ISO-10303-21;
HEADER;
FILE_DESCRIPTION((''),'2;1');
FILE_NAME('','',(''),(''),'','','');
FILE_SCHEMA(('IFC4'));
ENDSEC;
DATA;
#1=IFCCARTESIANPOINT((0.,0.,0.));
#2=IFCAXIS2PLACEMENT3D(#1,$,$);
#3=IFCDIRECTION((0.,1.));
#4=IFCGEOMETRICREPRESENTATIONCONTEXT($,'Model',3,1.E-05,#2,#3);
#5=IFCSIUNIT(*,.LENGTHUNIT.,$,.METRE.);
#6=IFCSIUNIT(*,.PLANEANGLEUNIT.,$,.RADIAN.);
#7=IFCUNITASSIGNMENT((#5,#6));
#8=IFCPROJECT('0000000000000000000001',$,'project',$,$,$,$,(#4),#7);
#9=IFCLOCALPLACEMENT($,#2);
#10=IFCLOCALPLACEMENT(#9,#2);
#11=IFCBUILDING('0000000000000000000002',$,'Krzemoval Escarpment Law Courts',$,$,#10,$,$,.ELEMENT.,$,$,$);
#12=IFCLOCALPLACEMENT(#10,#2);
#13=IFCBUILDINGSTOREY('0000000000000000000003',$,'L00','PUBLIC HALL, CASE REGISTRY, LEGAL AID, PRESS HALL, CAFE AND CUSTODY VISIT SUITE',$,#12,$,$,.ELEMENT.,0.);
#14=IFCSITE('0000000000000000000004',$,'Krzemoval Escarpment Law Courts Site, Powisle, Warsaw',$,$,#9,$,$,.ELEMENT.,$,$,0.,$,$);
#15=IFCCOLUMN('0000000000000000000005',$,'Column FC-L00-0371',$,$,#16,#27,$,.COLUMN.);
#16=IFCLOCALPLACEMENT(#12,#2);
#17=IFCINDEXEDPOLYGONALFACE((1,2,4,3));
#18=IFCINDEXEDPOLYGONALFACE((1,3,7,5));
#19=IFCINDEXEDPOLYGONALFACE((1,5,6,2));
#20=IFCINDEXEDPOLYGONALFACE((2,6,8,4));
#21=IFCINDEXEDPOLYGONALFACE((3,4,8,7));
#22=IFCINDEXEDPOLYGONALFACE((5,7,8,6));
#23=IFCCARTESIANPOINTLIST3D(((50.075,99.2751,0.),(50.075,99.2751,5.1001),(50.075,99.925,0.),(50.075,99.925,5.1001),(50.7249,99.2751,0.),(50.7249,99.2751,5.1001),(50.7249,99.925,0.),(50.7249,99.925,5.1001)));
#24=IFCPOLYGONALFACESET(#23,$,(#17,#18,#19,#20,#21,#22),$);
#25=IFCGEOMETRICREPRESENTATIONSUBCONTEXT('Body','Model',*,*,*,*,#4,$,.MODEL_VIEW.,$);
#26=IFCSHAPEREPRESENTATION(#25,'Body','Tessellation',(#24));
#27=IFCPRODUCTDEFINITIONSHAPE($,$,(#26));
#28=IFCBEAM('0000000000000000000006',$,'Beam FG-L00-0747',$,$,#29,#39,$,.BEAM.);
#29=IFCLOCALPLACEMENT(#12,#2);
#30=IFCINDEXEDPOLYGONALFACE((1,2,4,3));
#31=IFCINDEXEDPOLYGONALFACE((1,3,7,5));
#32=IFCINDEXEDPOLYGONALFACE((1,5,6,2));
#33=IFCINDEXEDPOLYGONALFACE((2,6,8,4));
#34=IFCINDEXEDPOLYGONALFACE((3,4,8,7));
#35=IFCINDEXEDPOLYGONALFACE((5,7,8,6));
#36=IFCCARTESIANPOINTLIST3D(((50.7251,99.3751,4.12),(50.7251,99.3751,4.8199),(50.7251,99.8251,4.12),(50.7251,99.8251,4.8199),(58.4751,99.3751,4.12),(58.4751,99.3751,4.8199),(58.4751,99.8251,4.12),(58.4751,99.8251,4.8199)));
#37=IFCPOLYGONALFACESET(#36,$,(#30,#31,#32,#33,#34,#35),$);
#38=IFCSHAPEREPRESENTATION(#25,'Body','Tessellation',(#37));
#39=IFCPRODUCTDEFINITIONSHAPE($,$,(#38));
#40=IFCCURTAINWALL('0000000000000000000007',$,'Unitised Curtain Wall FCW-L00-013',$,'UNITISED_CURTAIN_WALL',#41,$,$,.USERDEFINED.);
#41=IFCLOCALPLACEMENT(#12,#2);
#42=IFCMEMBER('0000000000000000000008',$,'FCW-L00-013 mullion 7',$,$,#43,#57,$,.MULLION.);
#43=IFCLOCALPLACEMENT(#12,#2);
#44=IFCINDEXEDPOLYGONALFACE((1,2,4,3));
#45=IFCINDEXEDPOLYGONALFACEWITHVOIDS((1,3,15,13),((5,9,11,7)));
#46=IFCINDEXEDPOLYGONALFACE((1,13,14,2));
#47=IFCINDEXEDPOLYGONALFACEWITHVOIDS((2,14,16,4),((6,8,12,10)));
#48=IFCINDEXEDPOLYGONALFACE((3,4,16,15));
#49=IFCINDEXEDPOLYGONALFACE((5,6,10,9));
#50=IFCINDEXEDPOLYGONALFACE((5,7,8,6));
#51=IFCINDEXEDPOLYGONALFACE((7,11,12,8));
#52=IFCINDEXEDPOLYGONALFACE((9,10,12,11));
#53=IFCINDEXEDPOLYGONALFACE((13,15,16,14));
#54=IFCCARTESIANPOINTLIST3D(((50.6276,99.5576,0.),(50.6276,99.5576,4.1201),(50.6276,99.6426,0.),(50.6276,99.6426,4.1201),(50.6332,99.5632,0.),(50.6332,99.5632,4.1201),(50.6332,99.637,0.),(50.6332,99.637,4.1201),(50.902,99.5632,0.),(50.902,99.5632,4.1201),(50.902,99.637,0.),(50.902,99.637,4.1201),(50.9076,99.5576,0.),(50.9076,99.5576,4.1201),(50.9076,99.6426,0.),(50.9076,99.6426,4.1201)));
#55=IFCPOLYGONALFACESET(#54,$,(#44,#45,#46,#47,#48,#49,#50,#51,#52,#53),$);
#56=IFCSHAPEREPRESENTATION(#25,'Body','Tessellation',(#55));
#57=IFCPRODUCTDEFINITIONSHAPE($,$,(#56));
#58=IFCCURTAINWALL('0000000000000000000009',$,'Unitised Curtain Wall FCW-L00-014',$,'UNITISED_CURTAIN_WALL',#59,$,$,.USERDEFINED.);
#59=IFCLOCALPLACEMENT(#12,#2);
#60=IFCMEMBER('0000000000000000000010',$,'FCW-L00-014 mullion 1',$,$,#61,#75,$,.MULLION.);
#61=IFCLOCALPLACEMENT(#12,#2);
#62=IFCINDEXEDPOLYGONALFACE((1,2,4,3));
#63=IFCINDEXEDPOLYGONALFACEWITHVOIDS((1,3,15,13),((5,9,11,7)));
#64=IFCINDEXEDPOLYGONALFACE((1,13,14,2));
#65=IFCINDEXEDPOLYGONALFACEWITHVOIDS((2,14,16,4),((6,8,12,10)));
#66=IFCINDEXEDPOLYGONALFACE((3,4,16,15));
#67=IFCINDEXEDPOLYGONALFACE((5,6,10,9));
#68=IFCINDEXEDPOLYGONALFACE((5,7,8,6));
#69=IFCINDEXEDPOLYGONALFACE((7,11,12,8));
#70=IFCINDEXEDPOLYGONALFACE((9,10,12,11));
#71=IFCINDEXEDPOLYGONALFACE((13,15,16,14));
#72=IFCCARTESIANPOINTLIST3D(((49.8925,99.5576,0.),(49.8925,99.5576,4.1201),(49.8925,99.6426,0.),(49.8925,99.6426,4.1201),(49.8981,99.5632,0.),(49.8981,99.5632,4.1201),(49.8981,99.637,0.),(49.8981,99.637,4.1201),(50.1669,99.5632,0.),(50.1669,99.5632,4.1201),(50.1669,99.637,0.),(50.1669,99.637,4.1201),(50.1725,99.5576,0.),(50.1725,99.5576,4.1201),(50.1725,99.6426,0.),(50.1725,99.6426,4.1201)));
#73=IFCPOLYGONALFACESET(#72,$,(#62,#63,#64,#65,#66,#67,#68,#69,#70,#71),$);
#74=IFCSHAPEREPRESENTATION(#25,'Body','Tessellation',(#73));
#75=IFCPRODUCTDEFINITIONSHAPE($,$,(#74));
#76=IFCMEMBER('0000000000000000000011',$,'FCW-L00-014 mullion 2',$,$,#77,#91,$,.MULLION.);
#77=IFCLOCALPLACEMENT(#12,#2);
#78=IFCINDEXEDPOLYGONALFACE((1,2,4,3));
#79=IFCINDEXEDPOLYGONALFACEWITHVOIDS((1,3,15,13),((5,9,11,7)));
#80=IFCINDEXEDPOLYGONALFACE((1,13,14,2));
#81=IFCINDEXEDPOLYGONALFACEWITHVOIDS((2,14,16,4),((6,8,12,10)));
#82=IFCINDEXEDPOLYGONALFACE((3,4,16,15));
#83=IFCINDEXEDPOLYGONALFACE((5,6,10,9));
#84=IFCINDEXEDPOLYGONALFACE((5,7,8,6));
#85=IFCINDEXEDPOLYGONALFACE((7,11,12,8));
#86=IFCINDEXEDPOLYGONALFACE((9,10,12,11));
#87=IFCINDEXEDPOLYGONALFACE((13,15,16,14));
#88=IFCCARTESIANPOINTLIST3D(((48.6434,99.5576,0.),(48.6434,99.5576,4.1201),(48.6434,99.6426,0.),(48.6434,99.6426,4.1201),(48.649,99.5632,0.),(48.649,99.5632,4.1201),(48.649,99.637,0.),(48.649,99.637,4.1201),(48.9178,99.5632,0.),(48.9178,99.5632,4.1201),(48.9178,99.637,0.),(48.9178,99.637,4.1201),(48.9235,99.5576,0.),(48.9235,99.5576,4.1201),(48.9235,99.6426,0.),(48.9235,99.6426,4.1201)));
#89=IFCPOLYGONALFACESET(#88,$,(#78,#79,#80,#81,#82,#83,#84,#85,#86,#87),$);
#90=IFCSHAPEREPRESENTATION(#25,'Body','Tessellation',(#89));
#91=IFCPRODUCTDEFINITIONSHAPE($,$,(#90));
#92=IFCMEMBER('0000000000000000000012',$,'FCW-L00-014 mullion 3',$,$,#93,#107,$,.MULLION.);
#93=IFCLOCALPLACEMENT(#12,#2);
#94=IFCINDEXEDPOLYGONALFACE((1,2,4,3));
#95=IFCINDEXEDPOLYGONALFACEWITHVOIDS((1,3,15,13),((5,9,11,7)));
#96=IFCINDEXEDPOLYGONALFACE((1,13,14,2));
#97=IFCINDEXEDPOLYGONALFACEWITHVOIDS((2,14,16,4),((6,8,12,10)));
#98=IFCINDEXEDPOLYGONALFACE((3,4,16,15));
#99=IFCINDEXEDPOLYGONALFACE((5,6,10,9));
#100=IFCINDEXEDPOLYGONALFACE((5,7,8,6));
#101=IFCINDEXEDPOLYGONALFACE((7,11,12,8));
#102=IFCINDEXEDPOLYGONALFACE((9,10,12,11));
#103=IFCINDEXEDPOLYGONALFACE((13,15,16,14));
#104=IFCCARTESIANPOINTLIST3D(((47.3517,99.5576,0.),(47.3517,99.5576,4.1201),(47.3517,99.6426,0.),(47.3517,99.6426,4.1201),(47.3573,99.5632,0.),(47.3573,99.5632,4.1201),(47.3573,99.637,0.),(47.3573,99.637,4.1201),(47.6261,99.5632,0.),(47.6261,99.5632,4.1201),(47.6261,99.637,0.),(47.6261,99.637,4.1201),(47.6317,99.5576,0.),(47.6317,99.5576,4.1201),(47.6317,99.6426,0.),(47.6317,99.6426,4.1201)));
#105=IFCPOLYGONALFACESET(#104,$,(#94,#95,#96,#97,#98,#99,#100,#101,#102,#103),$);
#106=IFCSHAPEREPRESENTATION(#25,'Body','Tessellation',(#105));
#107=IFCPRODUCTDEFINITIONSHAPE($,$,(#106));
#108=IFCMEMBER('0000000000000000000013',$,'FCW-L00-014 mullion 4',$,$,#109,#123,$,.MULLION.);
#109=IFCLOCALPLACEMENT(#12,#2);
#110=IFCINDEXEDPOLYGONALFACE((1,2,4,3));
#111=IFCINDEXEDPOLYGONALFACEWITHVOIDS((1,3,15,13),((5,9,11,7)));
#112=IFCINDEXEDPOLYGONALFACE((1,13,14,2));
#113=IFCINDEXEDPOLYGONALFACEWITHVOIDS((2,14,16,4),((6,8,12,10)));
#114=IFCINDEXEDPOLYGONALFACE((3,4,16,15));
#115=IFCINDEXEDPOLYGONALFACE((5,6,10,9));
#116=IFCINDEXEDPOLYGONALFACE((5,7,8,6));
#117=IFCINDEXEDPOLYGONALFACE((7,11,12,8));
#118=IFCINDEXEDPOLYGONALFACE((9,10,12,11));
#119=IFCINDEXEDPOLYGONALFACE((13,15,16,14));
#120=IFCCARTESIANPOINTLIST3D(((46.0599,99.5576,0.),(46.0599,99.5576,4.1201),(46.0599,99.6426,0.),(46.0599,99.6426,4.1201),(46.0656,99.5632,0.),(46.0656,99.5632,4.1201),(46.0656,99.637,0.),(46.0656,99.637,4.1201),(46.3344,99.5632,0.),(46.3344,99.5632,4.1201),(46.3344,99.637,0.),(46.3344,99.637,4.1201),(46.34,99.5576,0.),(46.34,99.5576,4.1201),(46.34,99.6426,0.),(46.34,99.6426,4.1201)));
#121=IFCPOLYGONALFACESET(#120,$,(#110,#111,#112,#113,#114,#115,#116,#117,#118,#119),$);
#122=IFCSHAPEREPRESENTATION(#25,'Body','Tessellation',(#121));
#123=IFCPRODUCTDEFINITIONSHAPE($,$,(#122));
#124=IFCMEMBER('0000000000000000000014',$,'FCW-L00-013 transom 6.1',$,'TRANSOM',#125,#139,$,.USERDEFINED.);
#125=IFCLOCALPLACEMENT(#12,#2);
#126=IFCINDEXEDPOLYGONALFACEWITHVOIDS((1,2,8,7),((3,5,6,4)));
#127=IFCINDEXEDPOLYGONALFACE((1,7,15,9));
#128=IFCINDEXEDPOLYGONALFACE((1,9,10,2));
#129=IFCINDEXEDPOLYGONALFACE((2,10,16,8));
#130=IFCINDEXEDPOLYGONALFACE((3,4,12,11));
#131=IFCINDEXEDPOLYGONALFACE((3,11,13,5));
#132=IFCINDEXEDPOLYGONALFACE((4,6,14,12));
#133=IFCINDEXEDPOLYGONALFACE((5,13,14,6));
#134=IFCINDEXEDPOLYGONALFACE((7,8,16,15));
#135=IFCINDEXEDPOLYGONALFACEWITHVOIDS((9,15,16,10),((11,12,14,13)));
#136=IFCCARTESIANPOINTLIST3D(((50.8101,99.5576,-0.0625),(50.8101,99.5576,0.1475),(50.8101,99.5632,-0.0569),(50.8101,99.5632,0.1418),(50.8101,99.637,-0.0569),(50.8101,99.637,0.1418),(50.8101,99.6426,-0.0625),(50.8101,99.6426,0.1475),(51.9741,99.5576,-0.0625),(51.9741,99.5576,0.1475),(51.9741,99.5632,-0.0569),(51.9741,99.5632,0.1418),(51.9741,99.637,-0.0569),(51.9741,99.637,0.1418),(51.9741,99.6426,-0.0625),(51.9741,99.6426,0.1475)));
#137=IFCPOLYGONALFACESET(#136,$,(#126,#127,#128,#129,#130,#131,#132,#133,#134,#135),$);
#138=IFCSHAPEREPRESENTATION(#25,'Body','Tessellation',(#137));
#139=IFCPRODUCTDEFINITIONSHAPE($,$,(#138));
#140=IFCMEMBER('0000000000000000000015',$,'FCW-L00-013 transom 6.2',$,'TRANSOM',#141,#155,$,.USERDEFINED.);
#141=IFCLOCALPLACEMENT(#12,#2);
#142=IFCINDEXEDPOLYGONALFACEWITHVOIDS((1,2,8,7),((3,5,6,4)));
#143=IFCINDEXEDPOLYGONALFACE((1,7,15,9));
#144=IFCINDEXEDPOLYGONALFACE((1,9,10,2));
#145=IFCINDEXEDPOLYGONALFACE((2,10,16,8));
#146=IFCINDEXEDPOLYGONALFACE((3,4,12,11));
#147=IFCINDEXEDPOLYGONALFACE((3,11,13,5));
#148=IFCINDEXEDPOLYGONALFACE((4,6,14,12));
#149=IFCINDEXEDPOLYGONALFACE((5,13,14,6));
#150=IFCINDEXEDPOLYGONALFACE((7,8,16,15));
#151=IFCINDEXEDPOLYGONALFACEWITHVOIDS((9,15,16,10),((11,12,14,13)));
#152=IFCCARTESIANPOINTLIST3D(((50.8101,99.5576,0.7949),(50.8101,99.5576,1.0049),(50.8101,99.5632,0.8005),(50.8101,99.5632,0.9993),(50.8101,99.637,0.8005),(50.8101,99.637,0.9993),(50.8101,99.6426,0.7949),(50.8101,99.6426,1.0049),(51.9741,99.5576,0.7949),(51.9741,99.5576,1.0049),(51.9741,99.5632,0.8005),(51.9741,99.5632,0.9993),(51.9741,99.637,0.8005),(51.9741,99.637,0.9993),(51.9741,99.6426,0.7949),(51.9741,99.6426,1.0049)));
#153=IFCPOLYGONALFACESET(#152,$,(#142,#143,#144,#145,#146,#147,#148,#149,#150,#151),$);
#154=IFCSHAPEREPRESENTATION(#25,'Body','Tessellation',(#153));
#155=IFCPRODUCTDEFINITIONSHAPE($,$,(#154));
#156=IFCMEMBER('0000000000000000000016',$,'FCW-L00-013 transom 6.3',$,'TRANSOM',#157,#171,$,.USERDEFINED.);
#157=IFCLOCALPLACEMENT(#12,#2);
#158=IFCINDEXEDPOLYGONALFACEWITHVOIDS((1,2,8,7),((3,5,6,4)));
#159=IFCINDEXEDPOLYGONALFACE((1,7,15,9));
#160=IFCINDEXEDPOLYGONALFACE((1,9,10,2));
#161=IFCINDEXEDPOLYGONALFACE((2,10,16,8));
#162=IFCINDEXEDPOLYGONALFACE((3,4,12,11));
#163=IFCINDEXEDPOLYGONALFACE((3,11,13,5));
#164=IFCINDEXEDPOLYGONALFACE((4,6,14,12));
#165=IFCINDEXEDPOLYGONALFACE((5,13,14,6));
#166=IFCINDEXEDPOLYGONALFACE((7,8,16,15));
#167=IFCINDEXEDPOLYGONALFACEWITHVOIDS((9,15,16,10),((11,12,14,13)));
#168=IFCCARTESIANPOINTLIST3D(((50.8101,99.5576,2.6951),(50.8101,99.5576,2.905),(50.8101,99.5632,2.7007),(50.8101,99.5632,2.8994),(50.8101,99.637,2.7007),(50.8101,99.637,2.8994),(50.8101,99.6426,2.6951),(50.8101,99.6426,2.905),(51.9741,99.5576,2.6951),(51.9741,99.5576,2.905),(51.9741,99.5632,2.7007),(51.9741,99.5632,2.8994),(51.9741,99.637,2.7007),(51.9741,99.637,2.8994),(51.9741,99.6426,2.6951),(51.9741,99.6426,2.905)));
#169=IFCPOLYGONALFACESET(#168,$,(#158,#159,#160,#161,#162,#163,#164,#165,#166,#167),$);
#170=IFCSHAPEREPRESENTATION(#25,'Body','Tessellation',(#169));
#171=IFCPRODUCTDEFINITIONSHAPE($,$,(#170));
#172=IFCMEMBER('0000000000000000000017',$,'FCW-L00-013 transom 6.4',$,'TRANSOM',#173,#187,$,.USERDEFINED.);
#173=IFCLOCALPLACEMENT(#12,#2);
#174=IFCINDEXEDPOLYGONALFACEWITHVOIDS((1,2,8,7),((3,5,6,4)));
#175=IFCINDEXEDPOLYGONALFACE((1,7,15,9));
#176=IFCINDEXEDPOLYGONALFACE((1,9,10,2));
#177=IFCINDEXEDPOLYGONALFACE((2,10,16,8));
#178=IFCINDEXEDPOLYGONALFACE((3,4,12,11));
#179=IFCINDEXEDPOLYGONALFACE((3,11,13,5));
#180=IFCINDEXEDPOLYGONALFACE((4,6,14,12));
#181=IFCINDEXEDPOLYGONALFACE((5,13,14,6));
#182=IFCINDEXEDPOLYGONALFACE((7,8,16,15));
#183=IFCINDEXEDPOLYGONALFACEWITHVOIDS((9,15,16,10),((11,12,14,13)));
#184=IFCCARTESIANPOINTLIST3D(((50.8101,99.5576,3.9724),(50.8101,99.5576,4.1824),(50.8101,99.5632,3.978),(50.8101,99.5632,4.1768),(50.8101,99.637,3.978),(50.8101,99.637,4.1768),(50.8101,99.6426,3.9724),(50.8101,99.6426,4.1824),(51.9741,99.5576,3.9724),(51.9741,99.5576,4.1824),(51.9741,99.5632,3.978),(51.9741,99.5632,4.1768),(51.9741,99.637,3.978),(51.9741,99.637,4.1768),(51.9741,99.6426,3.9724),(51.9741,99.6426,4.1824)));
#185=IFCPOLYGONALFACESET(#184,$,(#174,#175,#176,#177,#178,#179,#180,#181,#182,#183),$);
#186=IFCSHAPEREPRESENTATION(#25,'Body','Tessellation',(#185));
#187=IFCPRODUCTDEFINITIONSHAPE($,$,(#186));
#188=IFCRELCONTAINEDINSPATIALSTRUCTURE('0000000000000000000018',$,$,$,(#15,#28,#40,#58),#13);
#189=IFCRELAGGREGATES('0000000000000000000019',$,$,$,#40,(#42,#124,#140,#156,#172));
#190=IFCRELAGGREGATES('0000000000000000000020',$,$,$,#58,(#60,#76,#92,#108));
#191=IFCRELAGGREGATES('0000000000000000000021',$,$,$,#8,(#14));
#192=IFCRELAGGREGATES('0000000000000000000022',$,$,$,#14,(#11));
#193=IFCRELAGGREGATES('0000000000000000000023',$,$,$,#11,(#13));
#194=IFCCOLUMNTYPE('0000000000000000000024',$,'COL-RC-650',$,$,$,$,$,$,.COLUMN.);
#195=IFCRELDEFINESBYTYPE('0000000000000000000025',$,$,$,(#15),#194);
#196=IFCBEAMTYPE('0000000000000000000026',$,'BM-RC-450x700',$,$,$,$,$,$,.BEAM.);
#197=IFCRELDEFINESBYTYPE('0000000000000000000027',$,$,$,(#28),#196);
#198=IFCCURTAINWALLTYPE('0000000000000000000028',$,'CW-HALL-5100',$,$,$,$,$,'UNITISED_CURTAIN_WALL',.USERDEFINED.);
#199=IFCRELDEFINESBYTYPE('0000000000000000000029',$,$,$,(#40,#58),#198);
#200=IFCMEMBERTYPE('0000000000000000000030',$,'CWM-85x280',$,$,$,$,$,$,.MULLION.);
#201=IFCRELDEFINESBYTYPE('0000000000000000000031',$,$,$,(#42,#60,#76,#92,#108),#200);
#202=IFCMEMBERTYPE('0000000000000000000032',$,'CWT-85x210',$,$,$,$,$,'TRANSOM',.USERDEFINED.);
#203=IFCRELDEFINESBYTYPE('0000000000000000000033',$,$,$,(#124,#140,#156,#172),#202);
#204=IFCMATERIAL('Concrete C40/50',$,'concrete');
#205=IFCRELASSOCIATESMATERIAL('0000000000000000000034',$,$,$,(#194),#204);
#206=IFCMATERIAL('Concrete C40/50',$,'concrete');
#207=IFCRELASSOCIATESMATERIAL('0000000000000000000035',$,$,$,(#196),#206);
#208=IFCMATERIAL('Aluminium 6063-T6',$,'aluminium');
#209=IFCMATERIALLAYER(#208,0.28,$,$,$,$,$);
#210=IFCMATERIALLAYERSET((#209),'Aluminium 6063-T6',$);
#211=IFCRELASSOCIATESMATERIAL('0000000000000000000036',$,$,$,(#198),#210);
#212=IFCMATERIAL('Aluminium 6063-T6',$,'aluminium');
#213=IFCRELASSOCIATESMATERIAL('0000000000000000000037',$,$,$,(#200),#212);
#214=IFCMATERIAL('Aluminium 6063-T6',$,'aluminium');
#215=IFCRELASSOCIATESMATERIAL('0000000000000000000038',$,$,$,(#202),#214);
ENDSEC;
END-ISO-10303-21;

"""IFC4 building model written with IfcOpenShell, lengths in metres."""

from ifc_helpers import new_model, si_unit, direction, frame, origin, origin_2d, place, context, subcontext, project, spatial, rectangle, hollow_rectangle, extrude, material, layer, layer_set, material_profile, profile_set, type_object, element, aggregate, save


model = new_model("IFC4")

# Units and contexts
model_context = context("Model", 3, precision=1e-05, world=origin(), true_north=direction((0.0, 1.0)))
body_context = subcontext(model_context, "Body", "Model", "MODEL_VIEW")
ifc_project = project(units=[si_unit("LENGTHUNIT", "METRE"), si_unit("PLANEANGLEUNIT", "RADIAN")], contexts=[model_context])

# Site, building, storey
site_placement = place(None, origin())
site = spatial("IfcSite", under=ifc_project, at=site_placement, Name="Krzemoval Escarpment Law Courts Site, Powisle, Warsaw", CompositionType="ELEMENT", RefElevation=0.0)
building_placement = place(site_placement, origin())
building = spatial("IfcBuilding", under=site, at=building_placement, Name="Krzemoval Escarpment Law Courts", CompositionType="ELEMENT")
storey_placement = place(building_placement, origin())
storey = spatial("IfcBuildingStorey", under=building, at=storey_placement, Name="L00", Description="PUBLIC HALL, CASE REGISTRY, LEGAL AID, PRESS HALL, CAFE AND CUSTODY VISIT SUITE", CompositionType="ELEMENT", Elevation=0.0)

# Column
ifc_material_1 = material(Name="Concrete C40/50", Category="concrete")
ifc_material_profile_1 = material_profile(ifc_material_1, rectangle(XDim=0.6499, YDim=0.6499, at=origin_2d()), Name="RC 650x650")
ifc_profile_set_1 = profile_set([ifc_material_profile_1], Name="Concrete C40/50")
column_type = type_object("IfcColumnType", Name="COL-RC-650", PredefinedType="COLUMN", material=ifc_profile_set_1)
column_placement = place(storey_placement, frame((50.3999, 99.6001, 0.0), z_axis=(0.0, 0.0, 1.0), x_axis=(1.0, 0.0, 0.0)))
element("IfcColumn", 1, at=column_placement, inside=storey, type_object=column_type, Name="Column FC-L00-0371", PredefinedType="COLUMN", context=body_context, shape_type="SweptSolid", body=[
    extrude(rectangle(XDim=0.6499, YDim=0.6499, at=origin_2d()), origin(), (0.0, 0.0, 1.0), 5.1001),
])

# Beam
ifc_material_2 = material(Name="Concrete C40/50", Category="concrete")
ifc_material_profile_2 = material_profile(ifc_material_2, rectangle(XDim=0.45, YDim=0.7, at=origin_2d()), Name="RCB 450x700")
ifc_profile_set_2 = profile_set([ifc_material_profile_2], Name="Concrete C40/50")
beam_type = type_object("IfcBeamType", Name="BM-RC-450x700", PredefinedType="BEAM", material=ifc_profile_set_2)
beam_placement = place(storey_placement, frame((50.7251, 99.6001, 4.47), z_axis=(1.0, 0.0, 0.0), x_axis=(0.0, 1.0, 0.0)))
element("IfcBeam", 2, at=beam_placement, inside=storey, type_object=beam_type, Name="Beam FG-L00-0747", PredefinedType="BEAM", context=body_context, shape_type="SweptSolid", body=[
    extrude(rectangle(XDim=0.45, YDim=0.7, at=origin_2d()), origin(), (0.0, 0.0, 1.0), 7.75),
])

# Curtain wall, member
ifc_material_3 = material(Name="Aluminium 6063-T6", Category="aluminium")
ifc_layer_1 = layer(ifc_material_3, 0.28)
ifc_layer_set_1 = layer_set([ifc_layer_1], Name="Aluminium 6063-T6")
curtain_wall_type = type_object("IfcCurtainWallType", Name="CW-HALL-5100", ElementType="UNITISED_CURTAIN_WALL", PredefinedType="USERDEFINED", material=ifc_layer_set_1)
curtain_wall_1_placement = place(storey_placement, origin())
curtain_wall_1 = element("IfcCurtainWall", 3, at=curtain_wall_1_placement, inside=storey, type_object=curtain_wall_type, Name="Unitised Curtain Wall FCW-L00-013", ObjectType="UNITISED_CURTAIN_WALL", PredefinedType="USERDEFINED")
ifc_material_4 = material(Name="Aluminium 6063-T6", Category="aluminium")
ifc_material_profile_3 = material_profile(ifc_material_4, hollow_rectangle(XDim=0.085, YDim=0.28, WallThickness=0.0056, at=origin_2d()), Name="ALU M85x280")
ifc_profile_set_3 = profile_set([ifc_material_profile_3], Name="Aluminium 6063-T6")
member_type_1 = type_object("IfcMemberType", Name="CWM-85x280", PredefinedType="MULLION", material=ifc_profile_set_3)
member_1_placement = place(storey_placement, frame((50.7676, 99.6001, 0.0), z_axis=(0.0, 0.0, 1.0), x_axis=(0.0, -1.0, 0.0)))
member_1 = element("IfcMember", 4, at=member_1_placement, type_object=member_type_1, Name="FCW-L00-013 mullion 7", PredefinedType="MULLION", context=body_context, shape_type="SweptSolid", body=[
    extrude(hollow_rectangle(XDim=0.085, YDim=0.28, WallThickness=0.0056, at=origin_2d()), origin(), (0.0, 0.0, 1.0), 4.1201),
])

# Curtain wall, members
curtain_wall_2_placement = place(storey_placement, origin())
curtain_wall_2 = element("IfcCurtainWall", 5, at=curtain_wall_2_placement, inside=storey, type_object=curtain_wall_type, Name="Unitised Curtain Wall FCW-L00-014", ObjectType="UNITISED_CURTAIN_WALL", PredefinedType="USERDEFINED")
member_2_placement = place(storey_placement, frame((50.0325, 99.6001, 0.0), z_axis=(0.0, 0.0, 1.0), x_axis=(0.0, -1.0, 0.0)))
member_2 = element("IfcMember", 6, at=member_2_placement, type_object=member_type_1, Name="FCW-L00-014 mullion 1", PredefinedType="MULLION", context=body_context, shape_type="SweptSolid", body=[
    extrude(hollow_rectangle(XDim=0.085, YDim=0.28, WallThickness=0.0056, at=origin_2d()), origin(), (0.0, 0.0, 1.0), 4.1201),
])
member_3_placement = place(storey_placement, frame((48.7834, 99.6001, 0.0), z_axis=(0.0, 0.0, 1.0), x_axis=(0.0, -1.0, 0.0)))
member_3 = element("IfcMember", 7, at=member_3_placement, type_object=member_type_1, Name="FCW-L00-014 mullion 2", PredefinedType="MULLION", context=body_context, shape_type="SweptSolid", body=[
    extrude(hollow_rectangle(XDim=0.085, YDim=0.28, WallThickness=0.0056, at=origin_2d()), origin(), (0.0, 0.0, 1.0), 4.1201),
])
member_4_placement = place(storey_placement, frame((47.4917, 99.6001, 0.0), z_axis=(0.0, 0.0, 1.0), x_axis=(0.0, -1.0, 0.0)))
member_4 = element("IfcMember", 8, at=member_4_placement, type_object=member_type_1, Name="FCW-L00-014 mullion 3", PredefinedType="MULLION", context=body_context, shape_type="SweptSolid", body=[
    extrude(hollow_rectangle(XDim=0.085, YDim=0.28, WallThickness=0.0056, at=origin_2d()), origin(), (0.0, 0.0, 1.0), 4.1201),
])
member_5_placement = place(storey_placement, frame((46.2, 99.6001, 0.0), z_axis=(0.0, 0.0, 1.0), x_axis=(0.0, -1.0, 0.0)))
member_5 = element("IfcMember", 9, at=member_5_placement, type_object=member_type_1, Name="FCW-L00-014 mullion 4", PredefinedType="MULLION", context=body_context, shape_type="SweptSolid", body=[
    extrude(hollow_rectangle(XDim=0.085, YDim=0.28, WallThickness=0.0056, at=origin_2d()), origin(), (0.0, 0.0, 1.0), 4.1201),
])

# Members
ifc_material_5 = material(Name="Aluminium 6063-T6", Category="aluminium")
ifc_material_profile_4 = material_profile(ifc_material_5, hollow_rectangle(XDim=0.085, YDim=0.21, WallThickness=0.0056, at=origin_2d()), Name="ALU T85x210")
ifc_profile_set_4 = profile_set([ifc_material_profile_4], Name="Aluminium 6063-T6")
member_type_2 = type_object("IfcMemberType", Name="CWT-85x210", ElementType="TRANSOM", PredefinedType="USERDEFINED", material=ifc_profile_set_4)
member_6_placement = place(storey_placement, frame((51.9741, 99.6001, 0.0425), z_axis=(-1.0, 0.0, 0.0), x_axis=(0.0, -1.0, 0.0)))
member_6 = element("IfcMember", 10, at=member_6_placement, type_object=member_type_2, Name="FCW-L00-013 transom 6.1", ObjectType="TRANSOM", PredefinedType="USERDEFINED", context=body_context, shape_type="SweptSolid", body=[
    extrude(hollow_rectangle(XDim=0.085, YDim=0.21, WallThickness=0.0056, at=origin_2d()), origin(), (0.0, 0.0, 1.0), 1.1641),
])
member_7_placement = place(storey_placement, frame((51.9741, 99.6001, 0.8999), z_axis=(-1.0, 0.0, 0.0), x_axis=(0.0, -1.0, 0.0)))
member_7 = element("IfcMember", 11, at=member_7_placement, type_object=member_type_2, Name="FCW-L00-013 transom 6.2", ObjectType="TRANSOM", PredefinedType="USERDEFINED", context=body_context, shape_type="SweptSolid", body=[
    extrude(hollow_rectangle(XDim=0.085, YDim=0.21, WallThickness=0.0056, at=origin_2d()), origin(), (0.0, 0.0, 1.0), 1.1641),
])
member_8_placement = place(storey_placement, frame((51.9741, 99.6001, 2.8), z_axis=(-1.0, 0.0, 0.0), x_axis=(0.0, -1.0, 0.0)))
member_8 = element("IfcMember", 12, at=member_8_placement, type_object=member_type_2, Name="FCW-L00-013 transom 6.3", ObjectType="TRANSOM", PredefinedType="USERDEFINED", context=body_context, shape_type="SweptSolid", body=[
    extrude(hollow_rectangle(XDim=0.085, YDim=0.21, WallThickness=0.0056, at=origin_2d()), origin(), (0.0, 0.0, 1.0), 1.1641),
])
member_9_placement = place(storey_placement, frame((51.9741, 99.6001, 4.0774), z_axis=(-1.0, 0.0, 0.0), x_axis=(0.0, -1.0, 0.0)))
member_9 = element("IfcMember", 13, at=member_9_placement, type_object=member_type_2, Name="FCW-L00-013 transom 6.4", ObjectType="TRANSOM", PredefinedType="USERDEFINED", context=body_context, shape_type="SweptSolid", body=[
    extrude(hollow_rectangle(XDim=0.085, YDim=0.21, WallThickness=0.0056, at=origin_2d()), origin(), (0.0, 0.0, 1.0), 1.1641),
])

aggregate(curtain_wall_1, [member_1, member_6, member_7, member_8, member_9])
aggregate(curtain_wall_2, [member_2, member_3, member_4, member_5])

save(model, "model.ifc")
